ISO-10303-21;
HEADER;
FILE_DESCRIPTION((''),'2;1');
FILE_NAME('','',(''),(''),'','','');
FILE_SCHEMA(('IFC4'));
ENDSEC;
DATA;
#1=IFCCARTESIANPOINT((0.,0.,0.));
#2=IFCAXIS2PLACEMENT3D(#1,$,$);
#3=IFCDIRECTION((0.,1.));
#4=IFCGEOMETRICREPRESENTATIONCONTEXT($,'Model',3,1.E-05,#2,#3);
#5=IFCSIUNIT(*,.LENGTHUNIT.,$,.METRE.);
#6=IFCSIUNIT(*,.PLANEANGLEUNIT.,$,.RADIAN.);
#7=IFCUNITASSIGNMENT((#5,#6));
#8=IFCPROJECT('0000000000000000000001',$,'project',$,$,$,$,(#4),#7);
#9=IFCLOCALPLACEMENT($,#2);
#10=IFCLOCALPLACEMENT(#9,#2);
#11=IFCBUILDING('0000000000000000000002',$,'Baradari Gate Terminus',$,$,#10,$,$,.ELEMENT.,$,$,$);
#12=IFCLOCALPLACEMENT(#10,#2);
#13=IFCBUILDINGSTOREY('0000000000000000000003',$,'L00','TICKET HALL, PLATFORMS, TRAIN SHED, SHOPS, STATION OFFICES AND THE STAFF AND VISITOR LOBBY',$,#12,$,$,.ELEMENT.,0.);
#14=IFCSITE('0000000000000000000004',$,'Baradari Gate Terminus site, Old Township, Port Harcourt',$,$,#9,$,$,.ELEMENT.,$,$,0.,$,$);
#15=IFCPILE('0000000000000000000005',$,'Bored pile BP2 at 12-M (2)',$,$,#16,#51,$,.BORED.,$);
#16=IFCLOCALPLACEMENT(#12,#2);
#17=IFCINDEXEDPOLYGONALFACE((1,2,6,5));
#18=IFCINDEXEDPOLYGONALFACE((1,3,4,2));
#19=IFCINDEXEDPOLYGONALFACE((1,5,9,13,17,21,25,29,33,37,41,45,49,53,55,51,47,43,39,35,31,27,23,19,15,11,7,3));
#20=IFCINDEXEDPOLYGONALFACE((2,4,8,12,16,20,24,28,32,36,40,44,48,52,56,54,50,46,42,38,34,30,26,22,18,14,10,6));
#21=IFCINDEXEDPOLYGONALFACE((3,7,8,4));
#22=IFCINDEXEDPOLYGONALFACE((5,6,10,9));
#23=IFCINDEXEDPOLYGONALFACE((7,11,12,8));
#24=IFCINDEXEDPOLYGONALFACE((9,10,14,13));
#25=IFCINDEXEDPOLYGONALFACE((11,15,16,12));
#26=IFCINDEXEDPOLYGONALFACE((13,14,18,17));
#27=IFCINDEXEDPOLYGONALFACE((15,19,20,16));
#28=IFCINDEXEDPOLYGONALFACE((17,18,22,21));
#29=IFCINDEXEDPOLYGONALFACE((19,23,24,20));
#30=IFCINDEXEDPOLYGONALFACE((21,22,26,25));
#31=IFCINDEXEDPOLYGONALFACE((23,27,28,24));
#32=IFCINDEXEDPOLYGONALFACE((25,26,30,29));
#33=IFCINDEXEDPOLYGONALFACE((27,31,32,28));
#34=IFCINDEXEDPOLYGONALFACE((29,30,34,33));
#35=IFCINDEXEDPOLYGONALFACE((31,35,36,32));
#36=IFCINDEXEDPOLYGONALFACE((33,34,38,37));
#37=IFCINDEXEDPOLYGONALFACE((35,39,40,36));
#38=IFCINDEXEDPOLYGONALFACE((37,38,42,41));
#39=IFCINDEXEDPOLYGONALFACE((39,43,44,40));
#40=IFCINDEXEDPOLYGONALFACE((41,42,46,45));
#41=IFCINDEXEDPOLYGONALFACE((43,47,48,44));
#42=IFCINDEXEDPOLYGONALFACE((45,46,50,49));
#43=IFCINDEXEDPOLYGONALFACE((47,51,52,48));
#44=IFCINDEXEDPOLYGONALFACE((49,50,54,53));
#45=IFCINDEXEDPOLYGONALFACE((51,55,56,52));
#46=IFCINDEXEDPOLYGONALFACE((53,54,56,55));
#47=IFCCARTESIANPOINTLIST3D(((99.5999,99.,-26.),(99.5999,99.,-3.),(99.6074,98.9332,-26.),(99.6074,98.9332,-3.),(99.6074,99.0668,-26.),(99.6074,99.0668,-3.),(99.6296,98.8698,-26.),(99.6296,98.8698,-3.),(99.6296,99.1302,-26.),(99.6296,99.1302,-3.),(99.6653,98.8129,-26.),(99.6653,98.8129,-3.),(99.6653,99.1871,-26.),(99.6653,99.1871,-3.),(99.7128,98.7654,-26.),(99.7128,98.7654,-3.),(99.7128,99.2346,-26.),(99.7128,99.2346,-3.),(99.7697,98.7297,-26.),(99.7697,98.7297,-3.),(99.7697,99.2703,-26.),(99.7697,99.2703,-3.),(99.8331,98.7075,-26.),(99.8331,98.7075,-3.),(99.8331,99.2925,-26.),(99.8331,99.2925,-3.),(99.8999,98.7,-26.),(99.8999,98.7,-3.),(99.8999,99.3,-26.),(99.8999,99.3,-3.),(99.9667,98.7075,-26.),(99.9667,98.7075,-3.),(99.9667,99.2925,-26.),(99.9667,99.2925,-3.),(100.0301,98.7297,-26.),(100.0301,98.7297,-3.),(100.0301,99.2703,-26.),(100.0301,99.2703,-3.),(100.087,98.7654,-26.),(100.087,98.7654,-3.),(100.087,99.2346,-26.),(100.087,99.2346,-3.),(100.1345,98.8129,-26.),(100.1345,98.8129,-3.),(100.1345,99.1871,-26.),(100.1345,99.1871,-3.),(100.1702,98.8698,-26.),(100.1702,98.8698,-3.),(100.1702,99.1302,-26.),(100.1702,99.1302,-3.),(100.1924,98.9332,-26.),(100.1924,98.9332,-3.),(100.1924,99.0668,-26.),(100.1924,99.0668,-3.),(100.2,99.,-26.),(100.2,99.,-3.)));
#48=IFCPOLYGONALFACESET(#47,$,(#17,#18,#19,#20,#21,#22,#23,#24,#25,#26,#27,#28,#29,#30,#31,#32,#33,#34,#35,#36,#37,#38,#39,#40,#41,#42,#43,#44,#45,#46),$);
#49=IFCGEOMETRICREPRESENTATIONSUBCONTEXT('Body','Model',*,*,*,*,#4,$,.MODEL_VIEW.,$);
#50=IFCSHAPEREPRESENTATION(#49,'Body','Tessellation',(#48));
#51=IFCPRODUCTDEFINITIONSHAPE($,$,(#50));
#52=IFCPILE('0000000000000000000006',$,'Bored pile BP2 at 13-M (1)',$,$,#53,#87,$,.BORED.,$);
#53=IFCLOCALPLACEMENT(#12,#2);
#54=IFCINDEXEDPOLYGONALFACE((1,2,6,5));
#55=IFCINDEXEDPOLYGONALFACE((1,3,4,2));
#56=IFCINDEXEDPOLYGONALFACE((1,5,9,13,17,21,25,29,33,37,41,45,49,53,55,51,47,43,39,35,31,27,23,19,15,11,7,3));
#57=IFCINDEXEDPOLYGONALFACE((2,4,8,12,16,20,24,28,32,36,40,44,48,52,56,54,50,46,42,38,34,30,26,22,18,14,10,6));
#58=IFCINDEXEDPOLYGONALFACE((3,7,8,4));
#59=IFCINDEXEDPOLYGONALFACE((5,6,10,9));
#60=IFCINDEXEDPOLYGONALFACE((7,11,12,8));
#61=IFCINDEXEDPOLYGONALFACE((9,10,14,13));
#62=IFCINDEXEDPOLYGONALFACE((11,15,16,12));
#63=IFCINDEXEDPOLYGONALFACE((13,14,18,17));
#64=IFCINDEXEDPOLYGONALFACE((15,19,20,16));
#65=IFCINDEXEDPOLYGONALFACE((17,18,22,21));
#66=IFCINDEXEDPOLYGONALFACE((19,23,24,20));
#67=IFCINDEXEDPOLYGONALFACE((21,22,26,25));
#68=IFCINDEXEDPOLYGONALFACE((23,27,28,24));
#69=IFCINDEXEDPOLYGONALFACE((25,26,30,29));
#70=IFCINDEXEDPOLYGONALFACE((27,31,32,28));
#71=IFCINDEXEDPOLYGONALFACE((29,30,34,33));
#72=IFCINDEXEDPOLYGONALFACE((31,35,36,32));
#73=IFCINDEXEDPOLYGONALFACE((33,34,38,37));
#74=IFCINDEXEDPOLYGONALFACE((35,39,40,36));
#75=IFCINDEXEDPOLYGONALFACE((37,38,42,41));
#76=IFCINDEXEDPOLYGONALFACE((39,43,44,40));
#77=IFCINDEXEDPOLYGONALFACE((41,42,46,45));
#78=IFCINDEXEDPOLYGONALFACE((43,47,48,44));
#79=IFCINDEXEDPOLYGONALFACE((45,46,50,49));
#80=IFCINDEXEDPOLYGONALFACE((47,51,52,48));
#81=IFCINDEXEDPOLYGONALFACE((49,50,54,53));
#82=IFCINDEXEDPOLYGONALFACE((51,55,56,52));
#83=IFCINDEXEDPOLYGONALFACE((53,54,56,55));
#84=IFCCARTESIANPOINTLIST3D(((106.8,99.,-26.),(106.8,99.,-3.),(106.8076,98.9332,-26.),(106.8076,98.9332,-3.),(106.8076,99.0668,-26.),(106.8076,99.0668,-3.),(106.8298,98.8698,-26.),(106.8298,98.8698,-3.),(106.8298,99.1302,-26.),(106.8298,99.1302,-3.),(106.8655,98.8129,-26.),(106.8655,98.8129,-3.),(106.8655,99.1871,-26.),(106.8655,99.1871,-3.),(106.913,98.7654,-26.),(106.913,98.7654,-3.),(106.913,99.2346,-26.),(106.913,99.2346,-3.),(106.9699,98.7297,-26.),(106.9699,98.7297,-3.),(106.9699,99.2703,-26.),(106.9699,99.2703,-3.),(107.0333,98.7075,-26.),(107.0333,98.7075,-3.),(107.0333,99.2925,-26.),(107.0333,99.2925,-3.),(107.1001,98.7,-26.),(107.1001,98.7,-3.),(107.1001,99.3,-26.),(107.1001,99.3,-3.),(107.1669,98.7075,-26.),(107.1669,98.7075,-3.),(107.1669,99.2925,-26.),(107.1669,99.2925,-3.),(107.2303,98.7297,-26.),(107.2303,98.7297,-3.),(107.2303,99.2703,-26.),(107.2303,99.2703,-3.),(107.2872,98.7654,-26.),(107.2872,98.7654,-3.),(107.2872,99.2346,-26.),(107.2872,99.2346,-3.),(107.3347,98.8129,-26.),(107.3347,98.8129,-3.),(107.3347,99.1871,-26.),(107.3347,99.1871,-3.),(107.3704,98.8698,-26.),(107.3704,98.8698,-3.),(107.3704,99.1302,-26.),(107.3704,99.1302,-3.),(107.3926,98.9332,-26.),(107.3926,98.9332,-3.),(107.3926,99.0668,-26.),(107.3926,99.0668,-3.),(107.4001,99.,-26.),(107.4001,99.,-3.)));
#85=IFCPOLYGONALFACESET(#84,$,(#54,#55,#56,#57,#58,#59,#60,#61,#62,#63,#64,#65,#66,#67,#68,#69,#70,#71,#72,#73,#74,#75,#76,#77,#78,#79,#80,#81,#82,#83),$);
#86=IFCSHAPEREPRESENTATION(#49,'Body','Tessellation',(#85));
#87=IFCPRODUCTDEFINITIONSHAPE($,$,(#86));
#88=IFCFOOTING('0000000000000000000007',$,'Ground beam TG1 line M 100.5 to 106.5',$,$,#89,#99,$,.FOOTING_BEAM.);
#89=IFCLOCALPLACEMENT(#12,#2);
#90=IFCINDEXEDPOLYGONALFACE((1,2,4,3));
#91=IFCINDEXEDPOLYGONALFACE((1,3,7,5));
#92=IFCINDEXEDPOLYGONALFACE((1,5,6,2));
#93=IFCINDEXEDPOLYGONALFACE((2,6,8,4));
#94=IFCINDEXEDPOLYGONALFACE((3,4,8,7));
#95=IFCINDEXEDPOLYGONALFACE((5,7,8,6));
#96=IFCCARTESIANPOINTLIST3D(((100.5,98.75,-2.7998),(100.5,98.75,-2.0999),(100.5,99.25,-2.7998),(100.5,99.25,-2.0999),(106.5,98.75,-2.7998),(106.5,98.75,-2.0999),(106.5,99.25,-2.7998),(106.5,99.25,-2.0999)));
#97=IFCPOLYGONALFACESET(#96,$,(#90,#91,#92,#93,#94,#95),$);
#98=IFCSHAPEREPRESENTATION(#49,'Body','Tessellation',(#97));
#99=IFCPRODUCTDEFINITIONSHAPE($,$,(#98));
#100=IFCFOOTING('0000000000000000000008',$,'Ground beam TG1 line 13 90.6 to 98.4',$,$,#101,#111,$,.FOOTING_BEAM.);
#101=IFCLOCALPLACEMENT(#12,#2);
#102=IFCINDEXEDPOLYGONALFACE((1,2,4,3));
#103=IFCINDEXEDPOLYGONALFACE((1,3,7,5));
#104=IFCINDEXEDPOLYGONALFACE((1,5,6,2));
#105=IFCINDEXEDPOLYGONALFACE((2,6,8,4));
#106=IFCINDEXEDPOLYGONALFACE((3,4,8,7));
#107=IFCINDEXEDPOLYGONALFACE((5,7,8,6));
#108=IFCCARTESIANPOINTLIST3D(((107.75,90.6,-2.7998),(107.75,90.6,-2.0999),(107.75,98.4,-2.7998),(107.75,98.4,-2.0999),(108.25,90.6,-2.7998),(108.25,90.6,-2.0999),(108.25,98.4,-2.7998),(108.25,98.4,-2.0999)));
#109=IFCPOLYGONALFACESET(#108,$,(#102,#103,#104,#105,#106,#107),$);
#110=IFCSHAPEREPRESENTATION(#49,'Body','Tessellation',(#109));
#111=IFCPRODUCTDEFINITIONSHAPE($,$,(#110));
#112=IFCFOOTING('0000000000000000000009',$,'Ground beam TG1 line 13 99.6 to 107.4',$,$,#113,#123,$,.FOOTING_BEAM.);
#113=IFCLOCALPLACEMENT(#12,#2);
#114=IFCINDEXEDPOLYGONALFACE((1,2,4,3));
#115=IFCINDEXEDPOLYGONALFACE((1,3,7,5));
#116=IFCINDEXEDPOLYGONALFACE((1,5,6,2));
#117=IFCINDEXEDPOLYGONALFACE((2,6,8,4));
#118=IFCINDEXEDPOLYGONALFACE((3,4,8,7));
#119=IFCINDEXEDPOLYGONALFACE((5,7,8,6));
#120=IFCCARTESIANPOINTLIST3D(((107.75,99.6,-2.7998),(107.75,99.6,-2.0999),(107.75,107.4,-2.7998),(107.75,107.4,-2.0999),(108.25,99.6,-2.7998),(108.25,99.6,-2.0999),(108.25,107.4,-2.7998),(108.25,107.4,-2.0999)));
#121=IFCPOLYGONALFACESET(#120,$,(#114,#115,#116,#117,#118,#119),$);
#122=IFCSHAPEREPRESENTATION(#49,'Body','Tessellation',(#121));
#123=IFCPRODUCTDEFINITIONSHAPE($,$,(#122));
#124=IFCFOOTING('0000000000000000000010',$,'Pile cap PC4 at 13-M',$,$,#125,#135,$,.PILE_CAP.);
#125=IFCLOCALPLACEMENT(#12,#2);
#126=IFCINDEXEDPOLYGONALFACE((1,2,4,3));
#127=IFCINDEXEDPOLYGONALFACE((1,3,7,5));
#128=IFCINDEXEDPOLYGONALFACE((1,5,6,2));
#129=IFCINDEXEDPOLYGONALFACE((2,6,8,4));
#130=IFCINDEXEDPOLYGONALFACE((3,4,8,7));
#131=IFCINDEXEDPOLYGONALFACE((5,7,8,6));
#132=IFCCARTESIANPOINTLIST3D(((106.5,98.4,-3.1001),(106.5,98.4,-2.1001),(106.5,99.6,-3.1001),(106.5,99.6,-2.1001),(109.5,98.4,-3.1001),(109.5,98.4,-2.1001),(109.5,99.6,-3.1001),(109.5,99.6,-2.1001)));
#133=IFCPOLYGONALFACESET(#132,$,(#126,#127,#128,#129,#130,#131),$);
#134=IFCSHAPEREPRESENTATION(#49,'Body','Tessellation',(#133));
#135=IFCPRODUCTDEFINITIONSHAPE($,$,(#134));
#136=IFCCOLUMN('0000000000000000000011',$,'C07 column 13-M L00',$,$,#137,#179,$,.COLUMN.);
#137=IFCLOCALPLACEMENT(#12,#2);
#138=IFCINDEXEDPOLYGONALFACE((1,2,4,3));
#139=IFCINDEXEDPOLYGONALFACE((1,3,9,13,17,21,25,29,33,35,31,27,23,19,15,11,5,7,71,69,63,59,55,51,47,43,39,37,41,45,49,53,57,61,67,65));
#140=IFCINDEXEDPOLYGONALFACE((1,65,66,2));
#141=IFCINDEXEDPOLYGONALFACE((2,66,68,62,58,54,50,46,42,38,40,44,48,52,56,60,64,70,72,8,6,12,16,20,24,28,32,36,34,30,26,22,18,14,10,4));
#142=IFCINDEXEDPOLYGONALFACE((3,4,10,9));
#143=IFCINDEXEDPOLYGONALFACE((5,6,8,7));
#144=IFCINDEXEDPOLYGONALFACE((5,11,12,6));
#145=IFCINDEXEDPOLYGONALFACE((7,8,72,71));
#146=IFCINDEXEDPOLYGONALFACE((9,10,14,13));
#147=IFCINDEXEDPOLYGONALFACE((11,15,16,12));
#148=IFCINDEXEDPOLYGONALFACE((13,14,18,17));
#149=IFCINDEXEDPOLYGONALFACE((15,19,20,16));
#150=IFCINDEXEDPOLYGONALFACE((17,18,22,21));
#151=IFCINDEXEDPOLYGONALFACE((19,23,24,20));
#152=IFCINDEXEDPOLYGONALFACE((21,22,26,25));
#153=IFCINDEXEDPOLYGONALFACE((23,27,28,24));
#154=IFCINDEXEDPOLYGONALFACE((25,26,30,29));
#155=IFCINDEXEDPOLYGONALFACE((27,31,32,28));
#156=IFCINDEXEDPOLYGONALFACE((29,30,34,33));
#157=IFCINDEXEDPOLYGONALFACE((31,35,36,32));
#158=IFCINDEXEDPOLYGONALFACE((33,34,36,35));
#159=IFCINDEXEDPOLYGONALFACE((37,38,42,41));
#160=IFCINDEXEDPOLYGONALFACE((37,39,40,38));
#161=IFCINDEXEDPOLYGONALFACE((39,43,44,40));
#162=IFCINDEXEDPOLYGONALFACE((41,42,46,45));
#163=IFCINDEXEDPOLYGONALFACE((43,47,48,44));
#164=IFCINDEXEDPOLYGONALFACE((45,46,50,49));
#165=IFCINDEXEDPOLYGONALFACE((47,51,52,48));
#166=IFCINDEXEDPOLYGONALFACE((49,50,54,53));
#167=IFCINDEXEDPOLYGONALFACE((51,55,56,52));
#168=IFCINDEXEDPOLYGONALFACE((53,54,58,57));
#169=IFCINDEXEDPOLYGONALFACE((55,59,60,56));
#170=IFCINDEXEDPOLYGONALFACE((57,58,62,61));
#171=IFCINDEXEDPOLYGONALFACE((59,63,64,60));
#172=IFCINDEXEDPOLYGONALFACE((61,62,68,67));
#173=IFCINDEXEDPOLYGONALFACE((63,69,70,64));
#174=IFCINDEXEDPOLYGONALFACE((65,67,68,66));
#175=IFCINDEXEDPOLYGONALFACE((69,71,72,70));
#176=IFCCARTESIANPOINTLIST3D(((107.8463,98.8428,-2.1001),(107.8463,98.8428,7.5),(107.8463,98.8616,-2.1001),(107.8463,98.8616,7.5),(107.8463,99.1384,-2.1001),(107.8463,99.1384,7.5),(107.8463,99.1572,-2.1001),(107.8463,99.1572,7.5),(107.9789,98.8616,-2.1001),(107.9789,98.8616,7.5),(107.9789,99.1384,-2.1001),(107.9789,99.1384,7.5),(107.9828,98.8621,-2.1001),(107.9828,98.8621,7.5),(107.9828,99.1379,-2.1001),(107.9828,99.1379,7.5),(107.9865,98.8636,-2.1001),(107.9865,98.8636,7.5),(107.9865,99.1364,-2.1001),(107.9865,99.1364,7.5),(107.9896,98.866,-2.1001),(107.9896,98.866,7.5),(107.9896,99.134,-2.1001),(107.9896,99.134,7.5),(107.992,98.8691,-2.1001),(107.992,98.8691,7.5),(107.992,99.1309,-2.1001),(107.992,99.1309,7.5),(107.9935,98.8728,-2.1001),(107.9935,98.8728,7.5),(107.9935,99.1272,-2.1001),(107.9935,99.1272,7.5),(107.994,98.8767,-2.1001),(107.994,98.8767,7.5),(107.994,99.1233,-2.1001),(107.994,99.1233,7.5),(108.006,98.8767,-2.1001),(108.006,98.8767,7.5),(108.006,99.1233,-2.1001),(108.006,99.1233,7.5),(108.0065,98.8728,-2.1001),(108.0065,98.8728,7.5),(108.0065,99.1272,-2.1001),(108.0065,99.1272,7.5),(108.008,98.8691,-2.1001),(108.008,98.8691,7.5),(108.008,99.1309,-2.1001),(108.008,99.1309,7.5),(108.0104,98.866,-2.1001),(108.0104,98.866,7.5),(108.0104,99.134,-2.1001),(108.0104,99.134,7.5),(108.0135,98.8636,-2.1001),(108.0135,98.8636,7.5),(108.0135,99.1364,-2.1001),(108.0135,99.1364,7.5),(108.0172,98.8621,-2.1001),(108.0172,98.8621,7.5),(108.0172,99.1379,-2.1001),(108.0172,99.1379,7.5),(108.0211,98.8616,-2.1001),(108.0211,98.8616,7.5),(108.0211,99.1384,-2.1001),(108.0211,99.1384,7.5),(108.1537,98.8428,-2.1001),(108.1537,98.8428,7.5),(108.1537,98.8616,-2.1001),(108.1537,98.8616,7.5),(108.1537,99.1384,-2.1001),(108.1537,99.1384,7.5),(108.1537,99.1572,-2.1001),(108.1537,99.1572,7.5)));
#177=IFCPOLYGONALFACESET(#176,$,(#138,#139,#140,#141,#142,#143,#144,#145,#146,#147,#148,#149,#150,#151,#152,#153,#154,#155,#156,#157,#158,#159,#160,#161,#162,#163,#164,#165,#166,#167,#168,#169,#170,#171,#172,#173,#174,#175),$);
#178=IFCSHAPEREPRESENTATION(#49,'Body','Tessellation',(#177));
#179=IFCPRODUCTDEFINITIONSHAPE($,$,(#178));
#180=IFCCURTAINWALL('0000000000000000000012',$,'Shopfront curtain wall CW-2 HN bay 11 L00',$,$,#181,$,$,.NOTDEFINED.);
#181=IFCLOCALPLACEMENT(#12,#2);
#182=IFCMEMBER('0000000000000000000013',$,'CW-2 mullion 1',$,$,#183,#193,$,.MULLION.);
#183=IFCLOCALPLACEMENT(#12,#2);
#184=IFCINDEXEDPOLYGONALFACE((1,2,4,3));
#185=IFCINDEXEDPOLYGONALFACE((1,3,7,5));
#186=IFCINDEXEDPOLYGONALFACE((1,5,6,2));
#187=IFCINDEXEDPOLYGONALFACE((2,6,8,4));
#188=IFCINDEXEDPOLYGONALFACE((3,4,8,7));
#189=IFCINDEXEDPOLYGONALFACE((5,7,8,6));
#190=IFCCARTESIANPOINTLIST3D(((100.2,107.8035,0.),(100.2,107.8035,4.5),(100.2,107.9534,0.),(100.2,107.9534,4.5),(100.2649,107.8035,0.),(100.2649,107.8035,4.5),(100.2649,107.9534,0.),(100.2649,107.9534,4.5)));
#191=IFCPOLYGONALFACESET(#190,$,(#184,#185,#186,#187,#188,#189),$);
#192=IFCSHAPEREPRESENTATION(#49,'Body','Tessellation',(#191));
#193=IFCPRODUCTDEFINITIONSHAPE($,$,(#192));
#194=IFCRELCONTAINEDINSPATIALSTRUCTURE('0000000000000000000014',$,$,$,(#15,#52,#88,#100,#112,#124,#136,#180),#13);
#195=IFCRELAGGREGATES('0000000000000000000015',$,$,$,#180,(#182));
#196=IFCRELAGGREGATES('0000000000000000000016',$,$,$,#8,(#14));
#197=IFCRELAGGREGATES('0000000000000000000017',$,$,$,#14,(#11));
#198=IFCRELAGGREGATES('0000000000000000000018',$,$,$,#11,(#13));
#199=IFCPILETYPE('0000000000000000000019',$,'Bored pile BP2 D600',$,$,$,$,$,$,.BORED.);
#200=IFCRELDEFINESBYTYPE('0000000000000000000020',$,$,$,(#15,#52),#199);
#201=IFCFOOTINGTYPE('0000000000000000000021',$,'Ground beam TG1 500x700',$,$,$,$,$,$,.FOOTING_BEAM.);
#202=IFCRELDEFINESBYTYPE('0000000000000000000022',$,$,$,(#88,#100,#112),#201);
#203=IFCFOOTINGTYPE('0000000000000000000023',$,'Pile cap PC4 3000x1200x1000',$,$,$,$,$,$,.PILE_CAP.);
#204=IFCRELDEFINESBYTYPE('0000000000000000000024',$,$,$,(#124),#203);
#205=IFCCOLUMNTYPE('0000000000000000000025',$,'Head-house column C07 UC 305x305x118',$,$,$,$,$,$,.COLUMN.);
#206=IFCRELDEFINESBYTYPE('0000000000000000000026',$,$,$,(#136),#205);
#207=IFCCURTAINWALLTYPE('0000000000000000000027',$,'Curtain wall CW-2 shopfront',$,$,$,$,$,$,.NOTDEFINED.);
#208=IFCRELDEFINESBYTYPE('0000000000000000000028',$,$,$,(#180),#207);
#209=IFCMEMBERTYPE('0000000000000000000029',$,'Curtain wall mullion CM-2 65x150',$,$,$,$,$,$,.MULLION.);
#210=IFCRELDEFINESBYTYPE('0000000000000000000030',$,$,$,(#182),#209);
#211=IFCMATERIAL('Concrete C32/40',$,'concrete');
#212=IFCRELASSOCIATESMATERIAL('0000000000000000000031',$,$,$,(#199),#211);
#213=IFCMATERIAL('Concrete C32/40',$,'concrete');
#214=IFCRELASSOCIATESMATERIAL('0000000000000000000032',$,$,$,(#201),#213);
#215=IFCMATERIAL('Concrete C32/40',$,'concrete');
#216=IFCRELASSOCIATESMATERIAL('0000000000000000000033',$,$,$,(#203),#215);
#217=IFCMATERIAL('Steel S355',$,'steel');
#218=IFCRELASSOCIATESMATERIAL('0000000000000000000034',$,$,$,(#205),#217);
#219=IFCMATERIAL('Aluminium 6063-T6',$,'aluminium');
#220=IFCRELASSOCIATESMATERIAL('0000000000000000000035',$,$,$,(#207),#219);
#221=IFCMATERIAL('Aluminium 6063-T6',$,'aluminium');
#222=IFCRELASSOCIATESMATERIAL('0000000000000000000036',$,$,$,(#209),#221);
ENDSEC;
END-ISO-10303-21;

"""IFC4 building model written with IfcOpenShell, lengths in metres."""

from ifc_helpers import new_model, si_unit, direction, frame, origin, origin_2d, place, context, subcontext, project, spatial, rectangle, circle, i_section, extrude, material, material_profile, profile_set, type_object, element, aggregate, save


model = new_model("IFC4")

# Units and contexts
model_context = context("Model", 3, precision=1e-05, world=origin(), true_north=direction((0.0, 1.0)))
body_context = subcontext(model_context, "Body", "Model", "MODEL_VIEW")
ifc_project = project(units=[si_unit("LENGTHUNIT", "METRE"), si_unit("PLANEANGLEUNIT", "RADIAN")], contexts=[model_context])

# Site, building, storey
site_placement = place(None, origin())
site = spatial("IfcSite", under=ifc_project, at=site_placement, Name="Baradari Gate Terminus site, Old Township, Port Harcourt", CompositionType="ELEMENT", RefElevation=0.0)
building_placement = place(site_placement, origin())
building = spatial("IfcBuilding", under=site, at=building_placement, Name="Baradari Gate Terminus", CompositionType="ELEMENT")
storey_placement = place(building_placement, origin())
storey = spatial("IfcBuildingStorey", under=building, at=storey_placement, Name="L00", Description="TICKET HALL, PLATFORMS, TRAIN SHED, SHOPS, STATION OFFICES AND THE STAFF AND VISITOR LOBBY", CompositionType="ELEMENT", Elevation=0.0)

# Piles
ifc_material_1 = material(Name="Concrete C32/40", Category="concrete")
pile_type = type_object("IfcPileType", Name="Bored pile BP2 D600", PredefinedType="BORED", material=ifc_material_1)
for number, where, z_axis, x_axis, name in (
    (1, (99.8999, 99.0, -3.0), (0.0, 0.0, -1.0), (1.0, 0.0, 0.0), "Bored pile BP2 at 12-M (2)"),
    (2, (107.1001, 99.0, -3.0), (0.0, 0.0, -1.0), (1.0, 0.0, 0.0), "Bored pile BP2 at 13-M (1)"),
):
    element("IfcPile", number, at=place(storey_placement, frame(where, z_axis=z_axis, x_axis=x_axis)), inside=storey, type_object=pile_type, Name=name, PredefinedType="BORED", context=body_context, shape_type="SweptSolid", body=[
        extrude(circle(Radius=0.3, at=origin_2d()), origin(), (0.0, 0.0, 1.0), 23.0),
    ])

# Footings
ifc_material_2 = material(Name="Concrete C32/40", Category="concrete")
footing_type_1 = type_object("IfcFootingType", Name="Ground beam TG1 500x700", PredefinedType="FOOTING_BEAM", material=ifc_material_2)
footing_1_placement = place(storey_placement, frame((103.5, 99.0, -2.7998), z_axis=(0.0, 0.0, 1.0), x_axis=(1.0, 0.0, 0.0)))
element("IfcFooting", 3, at=footing_1_placement, inside=storey, type_object=footing_type_1, Name="Ground beam TG1 line M 100.5 to 106.5", PredefinedType="FOOTING_BEAM", context=body_context, shape_type="SweptSolid", body=[
    extrude(rectangle(XDim=6.0, YDim=0.5, at=origin_2d()), origin(), (0.0, 0.0, 1.0), 0.7),
])
for number, where, z_axis, x_axis, name in (
    (4, (108.0, 94.5, -2.7998), (0.0, 0.0, 1.0), (1.0, 0.0, 0.0), "Ground beam TG1 line 13 90.6 to 98.4"),
    (5, (108.0, 103.5, -2.7998), (0.0, 0.0, 1.0), (1.0, 0.0, 0.0), "Ground beam TG1 line 13 99.6 to 107.4"),
):
    element("IfcFooting", number, at=place(storey_placement, frame(where, z_axis=z_axis, x_axis=x_axis)), inside=storey, type_object=footing_type_1, Name=name, PredefinedType="FOOTING_BEAM", context=body_context, shape_type="SweptSolid", body=[
        extrude(rectangle(XDim=0.5, YDim=7.8, at=origin_2d()), origin(), (0.0, 0.0, 1.0), 0.7),
    ])
ifc_material_3 = material(Name="Concrete C32/40", Category="concrete")
footing_type_2 = type_object("IfcFootingType", Name="Pile cap PC4 3000x1200x1000", PredefinedType="PILE_CAP", material=ifc_material_3)
footing_2_placement = place(storey_placement, frame((108.0, 99.0, -3.1001), z_axis=(0.0, 0.0, 1.0), x_axis=(1.0, 0.0, 0.0)))
element("IfcFooting", 6, at=footing_2_placement, inside=storey, type_object=footing_type_2, Name="Pile cap PC4 at 13-M", PredefinedType="PILE_CAP", context=body_context, shape_type="SweptSolid", body=[
    extrude(rectangle(XDim=3.0, YDim=1.2, at=origin_2d()), origin(), (0.0, 0.0, 1.0), 1.0),
])

# Column
ifc_material_4 = material(Name="Steel S355", Category="steel")
ifc_material_profile_1 = material_profile(ifc_material_4, i_section(OverallWidth=0.3074, OverallDepth=0.3145, WebThickness=0.012, FlangeThickness=0.0188, FilletRadius=0.0151, at=origin_2d()), Name="UC 305x305x118")
ifc_profile_set_1 = profile_set([ifc_material_profile_1], Name="Steel S355")
column_type = type_object("IfcColumnType", Name="Head-house column C07 UC 305x305x118", PredefinedType="COLUMN", material=ifc_profile_set_1)
column_placement = place(storey_placement, frame((108.0, 99.0, -2.1001), z_axis=(0.0, 0.0, 1.0), x_axis=(1.0, 0.0, 0.0)))
element("IfcColumn", 7, at=column_placement, inside=storey, type_object=column_type, Name="C07 column 13-M L00", PredefinedType="COLUMN", context=body_context, shape_type="SweptSolid", body=[
    extrude(i_section(OverallWidth=0.3074, OverallDepth=0.3145, WebThickness=0.012, FlangeThickness=0.0188, FilletRadius=0.0151, at=origin_2d()), origin(), (0.0, 0.0, 1.0), 9.6001),
])

# Curtain wall, member
ifc_material_5 = material(Name="Aluminium 6063-T6", Category="aluminium")
curtain_wall_type = type_object("IfcCurtainWallType", Name="Curtain wall CW-2 shopfront", PredefinedType="NOTDEFINED", material=ifc_material_5)
curtain_wall_1_placement = place(storey_placement, origin())
curtain_wall_1 = element("IfcCurtainWall", 8, at=curtain_wall_1_placement, inside=storey, type_object=curtain_wall_type, Name="Shopfront curtain wall CW-2 HN bay 11 L00", PredefinedType="NOTDEFINED")
ifc_material_6 = material(Name="Aluminium 6063-T6", Category="aluminium")
ifc_material_profile_2 = material_profile(ifc_material_6, rectangle(XDim=0.1499, YDim=0.0649, at=origin_2d()), Name="CM-2 65X150")
ifc_profile_set_2 = profile_set([ifc_material_profile_2], Name="Aluminium 6063-T6")
member_type_1 = type_object("IfcMemberType", Name="Curtain wall mullion CM-2 65x150", PredefinedType="MULLION", material=ifc_profile_set_2)
member_1_placement = place(storey_placement, frame((100.2324, 107.8784, 0.0), z_axis=(0.0, 0.0, 1.0), x_axis=(0.0, 1.0, 0.0)))
member_1 = element("IfcMember", 9, at=member_1_placement, type_object=member_type_1, Name="CW-2 mullion 1", PredefinedType="MULLION", context=body_context, shape_type="SweptSolid", body=[
    extrude(rectangle(XDim=0.1499, YDim=0.0649, at=origin_2d()), origin(), (0.0, 0.0, 1.0), 4.5),
])

aggregate(curtain_wall_1, [member_1])

save(model, "model.ifc")
